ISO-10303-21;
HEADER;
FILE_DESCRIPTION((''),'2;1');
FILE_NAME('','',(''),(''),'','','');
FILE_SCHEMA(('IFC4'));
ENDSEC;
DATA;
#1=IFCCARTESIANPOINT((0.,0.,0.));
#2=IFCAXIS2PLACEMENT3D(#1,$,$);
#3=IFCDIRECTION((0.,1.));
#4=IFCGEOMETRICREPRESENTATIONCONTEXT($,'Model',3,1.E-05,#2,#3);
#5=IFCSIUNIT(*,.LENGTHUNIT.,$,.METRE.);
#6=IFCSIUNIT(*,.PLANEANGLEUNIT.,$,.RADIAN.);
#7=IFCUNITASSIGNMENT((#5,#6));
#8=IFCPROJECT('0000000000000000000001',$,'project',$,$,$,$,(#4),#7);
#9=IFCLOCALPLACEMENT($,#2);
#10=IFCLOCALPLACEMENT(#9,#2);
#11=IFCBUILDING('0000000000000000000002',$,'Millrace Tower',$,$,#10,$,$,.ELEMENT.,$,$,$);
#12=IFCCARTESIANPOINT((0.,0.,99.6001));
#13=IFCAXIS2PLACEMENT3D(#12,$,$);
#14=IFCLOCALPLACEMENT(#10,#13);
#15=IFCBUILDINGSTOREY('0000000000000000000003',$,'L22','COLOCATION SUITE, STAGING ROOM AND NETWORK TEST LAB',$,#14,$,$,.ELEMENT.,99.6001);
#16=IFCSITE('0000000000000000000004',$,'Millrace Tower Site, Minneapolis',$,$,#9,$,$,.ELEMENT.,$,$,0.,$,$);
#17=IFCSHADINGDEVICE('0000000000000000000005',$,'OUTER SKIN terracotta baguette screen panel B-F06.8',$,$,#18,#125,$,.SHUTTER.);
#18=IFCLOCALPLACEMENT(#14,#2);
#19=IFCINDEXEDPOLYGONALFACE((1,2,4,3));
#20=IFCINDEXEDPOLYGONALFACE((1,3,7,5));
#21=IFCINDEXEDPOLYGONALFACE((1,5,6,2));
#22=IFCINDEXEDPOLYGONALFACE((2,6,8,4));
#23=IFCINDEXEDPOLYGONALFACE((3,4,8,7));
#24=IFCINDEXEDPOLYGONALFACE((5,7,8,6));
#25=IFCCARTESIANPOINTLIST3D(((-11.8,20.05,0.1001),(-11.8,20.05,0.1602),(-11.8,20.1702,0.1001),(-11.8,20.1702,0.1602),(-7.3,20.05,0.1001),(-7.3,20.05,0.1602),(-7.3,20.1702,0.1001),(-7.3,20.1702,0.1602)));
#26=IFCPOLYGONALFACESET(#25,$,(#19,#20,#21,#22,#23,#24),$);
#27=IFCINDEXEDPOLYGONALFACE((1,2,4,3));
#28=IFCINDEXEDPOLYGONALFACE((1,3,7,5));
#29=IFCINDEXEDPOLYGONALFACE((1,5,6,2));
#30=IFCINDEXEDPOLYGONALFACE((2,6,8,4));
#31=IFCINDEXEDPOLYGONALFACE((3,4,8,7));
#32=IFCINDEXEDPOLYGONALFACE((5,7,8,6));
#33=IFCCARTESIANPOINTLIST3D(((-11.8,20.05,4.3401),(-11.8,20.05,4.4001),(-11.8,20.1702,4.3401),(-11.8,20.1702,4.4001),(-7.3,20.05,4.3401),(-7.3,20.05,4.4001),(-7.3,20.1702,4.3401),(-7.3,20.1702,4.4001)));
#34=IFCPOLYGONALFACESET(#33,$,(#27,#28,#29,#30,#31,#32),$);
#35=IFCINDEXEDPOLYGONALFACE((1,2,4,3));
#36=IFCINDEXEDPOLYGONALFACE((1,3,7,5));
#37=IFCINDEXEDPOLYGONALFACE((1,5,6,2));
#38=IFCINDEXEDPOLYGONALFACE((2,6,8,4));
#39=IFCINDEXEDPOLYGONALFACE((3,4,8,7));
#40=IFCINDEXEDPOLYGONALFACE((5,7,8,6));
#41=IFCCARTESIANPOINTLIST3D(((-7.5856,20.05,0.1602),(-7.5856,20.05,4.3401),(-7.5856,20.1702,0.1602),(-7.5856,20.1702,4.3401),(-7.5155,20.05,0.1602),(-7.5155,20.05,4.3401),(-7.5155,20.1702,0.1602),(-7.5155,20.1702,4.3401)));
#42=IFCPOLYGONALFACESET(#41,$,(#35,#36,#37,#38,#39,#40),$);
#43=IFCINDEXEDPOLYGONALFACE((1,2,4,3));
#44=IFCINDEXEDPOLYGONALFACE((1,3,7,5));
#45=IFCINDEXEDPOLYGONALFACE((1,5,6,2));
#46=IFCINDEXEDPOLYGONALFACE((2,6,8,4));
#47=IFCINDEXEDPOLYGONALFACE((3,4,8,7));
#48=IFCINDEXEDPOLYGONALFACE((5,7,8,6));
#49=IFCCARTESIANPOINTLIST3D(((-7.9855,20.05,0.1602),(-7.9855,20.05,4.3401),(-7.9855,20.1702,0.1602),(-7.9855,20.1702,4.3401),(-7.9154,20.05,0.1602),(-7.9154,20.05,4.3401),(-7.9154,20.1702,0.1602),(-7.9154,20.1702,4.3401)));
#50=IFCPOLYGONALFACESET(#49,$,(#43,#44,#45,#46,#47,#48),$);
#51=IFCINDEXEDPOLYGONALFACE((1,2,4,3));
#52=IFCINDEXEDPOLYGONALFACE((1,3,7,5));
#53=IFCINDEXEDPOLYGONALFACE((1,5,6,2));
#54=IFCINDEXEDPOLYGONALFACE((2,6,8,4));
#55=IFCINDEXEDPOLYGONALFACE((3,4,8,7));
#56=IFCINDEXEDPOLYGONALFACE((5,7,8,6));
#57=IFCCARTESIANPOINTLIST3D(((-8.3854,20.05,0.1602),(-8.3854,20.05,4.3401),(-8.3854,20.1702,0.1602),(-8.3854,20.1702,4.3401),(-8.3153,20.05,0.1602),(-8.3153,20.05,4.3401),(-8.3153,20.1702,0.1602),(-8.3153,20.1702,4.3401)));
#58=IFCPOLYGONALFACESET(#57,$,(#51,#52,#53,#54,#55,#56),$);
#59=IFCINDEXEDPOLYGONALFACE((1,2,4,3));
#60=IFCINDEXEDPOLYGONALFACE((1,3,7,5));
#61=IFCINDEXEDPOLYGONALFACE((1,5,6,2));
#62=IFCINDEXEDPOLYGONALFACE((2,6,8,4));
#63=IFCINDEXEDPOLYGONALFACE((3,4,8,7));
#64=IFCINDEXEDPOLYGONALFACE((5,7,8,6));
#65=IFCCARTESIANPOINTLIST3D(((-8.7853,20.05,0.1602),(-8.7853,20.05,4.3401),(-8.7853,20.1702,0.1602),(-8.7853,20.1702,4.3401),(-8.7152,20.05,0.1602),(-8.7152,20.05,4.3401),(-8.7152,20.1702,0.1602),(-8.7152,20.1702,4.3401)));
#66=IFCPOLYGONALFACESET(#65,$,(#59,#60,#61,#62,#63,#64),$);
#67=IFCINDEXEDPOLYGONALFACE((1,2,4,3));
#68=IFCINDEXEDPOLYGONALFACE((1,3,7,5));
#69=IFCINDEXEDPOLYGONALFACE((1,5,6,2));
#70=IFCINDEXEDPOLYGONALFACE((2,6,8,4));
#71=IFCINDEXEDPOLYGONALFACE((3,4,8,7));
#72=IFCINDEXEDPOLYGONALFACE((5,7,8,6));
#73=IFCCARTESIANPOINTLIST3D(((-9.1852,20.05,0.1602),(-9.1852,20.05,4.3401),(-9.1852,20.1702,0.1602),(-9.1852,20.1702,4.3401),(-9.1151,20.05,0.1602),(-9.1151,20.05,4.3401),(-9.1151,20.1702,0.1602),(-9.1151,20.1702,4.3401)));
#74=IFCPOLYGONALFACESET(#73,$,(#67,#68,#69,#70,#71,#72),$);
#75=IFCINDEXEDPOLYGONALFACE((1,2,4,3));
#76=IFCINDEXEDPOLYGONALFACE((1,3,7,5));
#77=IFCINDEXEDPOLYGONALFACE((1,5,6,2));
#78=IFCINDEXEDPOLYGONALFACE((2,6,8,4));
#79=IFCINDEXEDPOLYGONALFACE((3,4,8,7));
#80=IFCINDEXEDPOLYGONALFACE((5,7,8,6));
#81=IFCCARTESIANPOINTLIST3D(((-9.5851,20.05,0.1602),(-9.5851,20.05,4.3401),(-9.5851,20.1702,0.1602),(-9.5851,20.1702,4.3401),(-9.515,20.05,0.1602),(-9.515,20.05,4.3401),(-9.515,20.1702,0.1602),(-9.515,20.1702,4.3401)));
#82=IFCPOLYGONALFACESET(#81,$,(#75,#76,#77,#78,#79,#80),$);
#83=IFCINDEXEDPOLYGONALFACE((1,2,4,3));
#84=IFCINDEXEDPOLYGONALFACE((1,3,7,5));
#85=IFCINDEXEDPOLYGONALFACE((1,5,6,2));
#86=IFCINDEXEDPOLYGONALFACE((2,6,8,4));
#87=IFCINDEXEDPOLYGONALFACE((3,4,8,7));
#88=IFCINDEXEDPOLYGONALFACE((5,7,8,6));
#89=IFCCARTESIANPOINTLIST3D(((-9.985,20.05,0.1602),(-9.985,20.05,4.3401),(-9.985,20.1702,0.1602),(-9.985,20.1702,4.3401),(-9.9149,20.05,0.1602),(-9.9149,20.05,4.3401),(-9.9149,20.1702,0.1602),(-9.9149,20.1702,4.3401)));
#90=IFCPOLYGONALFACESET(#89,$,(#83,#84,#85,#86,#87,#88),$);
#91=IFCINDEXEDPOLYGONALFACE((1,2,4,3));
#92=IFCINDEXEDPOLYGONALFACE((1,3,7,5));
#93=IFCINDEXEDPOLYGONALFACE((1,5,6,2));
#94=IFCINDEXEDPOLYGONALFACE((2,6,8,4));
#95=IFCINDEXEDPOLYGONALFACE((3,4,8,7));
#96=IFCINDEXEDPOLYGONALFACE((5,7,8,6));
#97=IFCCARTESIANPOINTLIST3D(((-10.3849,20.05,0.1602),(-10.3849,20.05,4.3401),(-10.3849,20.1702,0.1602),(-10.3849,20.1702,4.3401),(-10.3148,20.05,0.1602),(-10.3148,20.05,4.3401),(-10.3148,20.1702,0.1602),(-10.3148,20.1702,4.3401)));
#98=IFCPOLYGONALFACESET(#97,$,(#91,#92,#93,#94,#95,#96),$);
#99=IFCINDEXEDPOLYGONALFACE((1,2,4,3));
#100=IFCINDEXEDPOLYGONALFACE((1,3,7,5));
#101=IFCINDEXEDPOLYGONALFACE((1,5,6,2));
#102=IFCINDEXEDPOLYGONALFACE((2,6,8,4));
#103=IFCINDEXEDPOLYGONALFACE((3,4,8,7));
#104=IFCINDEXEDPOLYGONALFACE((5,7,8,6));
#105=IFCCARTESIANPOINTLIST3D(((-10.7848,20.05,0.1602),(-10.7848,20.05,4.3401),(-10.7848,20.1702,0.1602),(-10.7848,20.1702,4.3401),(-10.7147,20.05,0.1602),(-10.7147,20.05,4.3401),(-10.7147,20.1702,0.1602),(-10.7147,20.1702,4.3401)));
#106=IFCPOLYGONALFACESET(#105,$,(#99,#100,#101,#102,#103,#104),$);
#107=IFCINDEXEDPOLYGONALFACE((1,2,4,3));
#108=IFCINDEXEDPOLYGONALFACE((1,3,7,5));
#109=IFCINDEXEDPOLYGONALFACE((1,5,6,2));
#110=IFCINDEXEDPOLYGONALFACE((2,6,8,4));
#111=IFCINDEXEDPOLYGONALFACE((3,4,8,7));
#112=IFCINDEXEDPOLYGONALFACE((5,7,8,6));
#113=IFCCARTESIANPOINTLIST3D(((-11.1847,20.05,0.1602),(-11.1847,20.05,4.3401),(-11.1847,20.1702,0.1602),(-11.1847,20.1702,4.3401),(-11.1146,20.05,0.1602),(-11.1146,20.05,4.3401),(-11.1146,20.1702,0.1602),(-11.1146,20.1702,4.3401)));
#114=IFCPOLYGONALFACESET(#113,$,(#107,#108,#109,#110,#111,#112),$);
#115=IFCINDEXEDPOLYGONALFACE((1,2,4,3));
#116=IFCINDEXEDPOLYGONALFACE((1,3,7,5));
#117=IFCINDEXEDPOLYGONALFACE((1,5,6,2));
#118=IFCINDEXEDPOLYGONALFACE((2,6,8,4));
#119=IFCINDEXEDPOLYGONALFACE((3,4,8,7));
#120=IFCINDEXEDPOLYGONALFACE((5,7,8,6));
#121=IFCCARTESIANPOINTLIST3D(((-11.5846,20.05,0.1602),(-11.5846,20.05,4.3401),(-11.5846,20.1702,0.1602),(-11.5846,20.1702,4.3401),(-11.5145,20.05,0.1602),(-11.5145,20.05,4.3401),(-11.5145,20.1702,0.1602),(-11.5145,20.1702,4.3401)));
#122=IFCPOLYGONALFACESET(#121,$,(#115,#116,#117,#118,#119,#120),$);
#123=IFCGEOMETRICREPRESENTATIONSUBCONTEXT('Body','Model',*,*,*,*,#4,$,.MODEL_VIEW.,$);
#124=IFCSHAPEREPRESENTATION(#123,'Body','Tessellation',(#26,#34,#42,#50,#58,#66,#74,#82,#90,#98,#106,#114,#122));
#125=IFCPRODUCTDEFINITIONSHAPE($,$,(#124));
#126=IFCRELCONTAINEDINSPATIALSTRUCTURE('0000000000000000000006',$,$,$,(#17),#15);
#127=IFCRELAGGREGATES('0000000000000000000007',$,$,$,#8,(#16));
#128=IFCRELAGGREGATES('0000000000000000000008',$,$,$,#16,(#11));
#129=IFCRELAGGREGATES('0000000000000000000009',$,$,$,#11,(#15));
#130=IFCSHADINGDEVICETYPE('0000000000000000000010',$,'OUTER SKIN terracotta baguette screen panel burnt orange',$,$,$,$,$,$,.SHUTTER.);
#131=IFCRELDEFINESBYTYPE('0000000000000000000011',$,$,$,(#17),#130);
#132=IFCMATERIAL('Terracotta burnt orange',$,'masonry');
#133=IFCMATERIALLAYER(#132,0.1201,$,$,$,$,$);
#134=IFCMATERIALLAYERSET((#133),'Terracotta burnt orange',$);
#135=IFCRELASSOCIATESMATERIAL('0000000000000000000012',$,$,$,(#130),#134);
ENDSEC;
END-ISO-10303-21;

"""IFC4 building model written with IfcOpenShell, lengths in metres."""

from ifc_helpers import new_model, entity, si_unit, direction, frame, frame_2d, origin, origin_2d, place, context, subcontext, project, spatial, rectangle, extrude, source, transform, mapped, material, layer, layer_set, type_object, element, save


model = new_model("IFC4")

# Units and contexts
model_context = context("Model", 3, precision=1e-05, world=origin(), true_north=direction((0.0, 1.0)))
body_context = subcontext(model_context, "Body", "Model", "MODEL_VIEW")
ifc_project = project(units=[si_unit("LENGTHUNIT", "METRE"), si_unit("PLANEANGLEUNIT", "RADIAN")], contexts=[model_context])

# Site, building, storey
site_placement = place(None, origin())
site = spatial("IfcSite", under=ifc_project, at=site_placement, Name="Millrace Tower Site, Minneapolis", CompositionType="ELEMENT", RefElevation=0.0)
building_placement = place(site_placement, origin())
building = spatial("IfcBuilding", under=site, at=building_placement, Name="Millrace Tower", CompositionType="ELEMENT")
storey_placement = place(building_placement, frame((0.0, 0.0, 99.6001)))
storey = spatial("IfcBuildingStorey", under=building, at=storey_placement, Name="L22", Description="COLOCATION SUITE, STAGING ROOM AND NETWORK TEST LAB", CompositionType="ELEMENT", Elevation=99.6001)

# Shading device
ifc_material_1 = material(Name="Terracotta burnt orange", Category="masonry")
ifc_layer_1 = layer(ifc_material_1, 0.1201)
ifc_layer_set_1 = layer_set([ifc_layer_1], Name="Terracotta burnt orange")
shading_device_type = type_object("IfcShadingDeviceType", Name="OUTER SKIN terracotta baguette screen panel burnt orange", PredefinedType="SHUTTER", material=ifc_layer_set_1)
cartesian_point = entity("IfcCartesianPoint", [-2.25, 0.0601])
shared_polyline = entity("IfcPolyline", [cartesian_point, entity("IfcCartesianPoint", [2.25, 0.0601]), entity("IfcCartesianPoint", [2.25, -0.0601]), entity("IfcCartesianPoint", [-2.25, -0.0601]), cartesian_point])
shared_shape = source(origin(), body_context, "Body", "SweptSolid", [
    entity("IfcExtrudedAreaSolid", entity("IfcArbitraryClosedProfileDef", "AREA", None, shared_polyline), entity("IfcAxis2Placement3D", entity("IfcCartesianPoint", [0.0, 0.0, 0.0])), entity("IfcDirection", [0.0, 0.0, 1.0]), 0.0601),
    entity("IfcExtrudedAreaSolid", entity("IfcArbitraryClosedProfileDef", "AREA", None, shared_polyline), entity("IfcAxis2Placement3D", entity("IfcCartesianPoint", [0.0, 0.0, 4.24])), entity("IfcDirection", [0.0, 0.0, 1.0]), 0.0601),
    extrude(rectangle(XDim=0.0701, YDim=0.1201, at=frame_2d((-1.9995, 0.0))), frame((0.0, 0.0, 0.0601)), (0.0, 0.0, 1.0), 4.1799),
    extrude(rectangle(XDim=0.0701, YDim=0.1201, at=frame_2d((-1.5996, 0.0))), frame((0.0, 0.0, 0.0601)), (0.0, 0.0, 1.0), 4.1799),
    extrude(rectangle(XDim=0.0701, YDim=0.1201, at=frame_2d((-1.1997, 0.0))), frame((0.0, 0.0, 0.0601)), (0.0, 0.0, 1.0), 4.1799),
    extrude(rectangle(XDim=0.0701, YDim=0.1201, at=frame_2d((-0.7998, 0.0))), frame((0.0, 0.0, 0.0601)), (0.0, 0.0, 1.0), 4.1799),
    extrude(rectangle(XDim=0.0701, YDim=0.1201, at=frame_2d((-0.3999, 0.0))), frame((0.0, 0.0, 0.0601)), (0.0, 0.0, 1.0), 4.1799),
    extrude(rectangle(XDim=0.0701, YDim=0.1201, at=origin_2d()), frame((0.0, 0.0, 0.0601)), (0.0, 0.0, 1.0), 4.1799),
    extrude(rectangle(XDim=0.0701, YDim=0.1201, at=frame_2d((0.3999, 0.0))), frame((0.0, 0.0, 0.0601)), (0.0, 0.0, 1.0), 4.1799),
    extrude(rectangle(XDim=0.0701, YDim=0.1201, at=frame_2d((0.7998, 0.0))), frame((0.0, 0.0, 0.0601)), (0.0, 0.0, 1.0), 4.1799),
    extrude(rectangle(XDim=0.0701, YDim=0.1201, at=frame_2d((1.1997, 0.0))), frame((0.0, 0.0, 0.0601)), (0.0, 0.0, 1.0), 4.1799),
    extrude(rectangle(XDim=0.0701, YDim=0.1201, at=frame_2d((1.5996, 0.0))), frame((0.0, 0.0, 0.0601)), (0.0, 0.0, 1.0), 4.1799),
    extrude(rectangle(XDim=0.0701, YDim=0.1201, at=frame_2d((1.9995, 0.0))), frame((0.0, 0.0, 0.0601)), (0.0, 0.0, 1.0), 4.1799),
])
for number, where, z_axis, x_axis, name in (
    (1, (-9.55, 20.1101, 0.1001), (0.0, 0.0, 1.0), (-1.0, 0.0, 0.0), "OUTER SKIN terracotta baguette screen panel B-F06.8"),
):
    element("IfcShadingDevice", number, at=place(storey_placement, frame(where, z_axis=z_axis, x_axis=x_axis)), inside=storey, type_object=shading_device_type, Name=name, PredefinedType="SHUTTER", context=body_context, shape_type="MappedRepresentation", body=[
        mapped(shared_shape, transform((0.0, 0.0, 0.0), scale=1.0)),
    ])

save(model, "model.ifc")
